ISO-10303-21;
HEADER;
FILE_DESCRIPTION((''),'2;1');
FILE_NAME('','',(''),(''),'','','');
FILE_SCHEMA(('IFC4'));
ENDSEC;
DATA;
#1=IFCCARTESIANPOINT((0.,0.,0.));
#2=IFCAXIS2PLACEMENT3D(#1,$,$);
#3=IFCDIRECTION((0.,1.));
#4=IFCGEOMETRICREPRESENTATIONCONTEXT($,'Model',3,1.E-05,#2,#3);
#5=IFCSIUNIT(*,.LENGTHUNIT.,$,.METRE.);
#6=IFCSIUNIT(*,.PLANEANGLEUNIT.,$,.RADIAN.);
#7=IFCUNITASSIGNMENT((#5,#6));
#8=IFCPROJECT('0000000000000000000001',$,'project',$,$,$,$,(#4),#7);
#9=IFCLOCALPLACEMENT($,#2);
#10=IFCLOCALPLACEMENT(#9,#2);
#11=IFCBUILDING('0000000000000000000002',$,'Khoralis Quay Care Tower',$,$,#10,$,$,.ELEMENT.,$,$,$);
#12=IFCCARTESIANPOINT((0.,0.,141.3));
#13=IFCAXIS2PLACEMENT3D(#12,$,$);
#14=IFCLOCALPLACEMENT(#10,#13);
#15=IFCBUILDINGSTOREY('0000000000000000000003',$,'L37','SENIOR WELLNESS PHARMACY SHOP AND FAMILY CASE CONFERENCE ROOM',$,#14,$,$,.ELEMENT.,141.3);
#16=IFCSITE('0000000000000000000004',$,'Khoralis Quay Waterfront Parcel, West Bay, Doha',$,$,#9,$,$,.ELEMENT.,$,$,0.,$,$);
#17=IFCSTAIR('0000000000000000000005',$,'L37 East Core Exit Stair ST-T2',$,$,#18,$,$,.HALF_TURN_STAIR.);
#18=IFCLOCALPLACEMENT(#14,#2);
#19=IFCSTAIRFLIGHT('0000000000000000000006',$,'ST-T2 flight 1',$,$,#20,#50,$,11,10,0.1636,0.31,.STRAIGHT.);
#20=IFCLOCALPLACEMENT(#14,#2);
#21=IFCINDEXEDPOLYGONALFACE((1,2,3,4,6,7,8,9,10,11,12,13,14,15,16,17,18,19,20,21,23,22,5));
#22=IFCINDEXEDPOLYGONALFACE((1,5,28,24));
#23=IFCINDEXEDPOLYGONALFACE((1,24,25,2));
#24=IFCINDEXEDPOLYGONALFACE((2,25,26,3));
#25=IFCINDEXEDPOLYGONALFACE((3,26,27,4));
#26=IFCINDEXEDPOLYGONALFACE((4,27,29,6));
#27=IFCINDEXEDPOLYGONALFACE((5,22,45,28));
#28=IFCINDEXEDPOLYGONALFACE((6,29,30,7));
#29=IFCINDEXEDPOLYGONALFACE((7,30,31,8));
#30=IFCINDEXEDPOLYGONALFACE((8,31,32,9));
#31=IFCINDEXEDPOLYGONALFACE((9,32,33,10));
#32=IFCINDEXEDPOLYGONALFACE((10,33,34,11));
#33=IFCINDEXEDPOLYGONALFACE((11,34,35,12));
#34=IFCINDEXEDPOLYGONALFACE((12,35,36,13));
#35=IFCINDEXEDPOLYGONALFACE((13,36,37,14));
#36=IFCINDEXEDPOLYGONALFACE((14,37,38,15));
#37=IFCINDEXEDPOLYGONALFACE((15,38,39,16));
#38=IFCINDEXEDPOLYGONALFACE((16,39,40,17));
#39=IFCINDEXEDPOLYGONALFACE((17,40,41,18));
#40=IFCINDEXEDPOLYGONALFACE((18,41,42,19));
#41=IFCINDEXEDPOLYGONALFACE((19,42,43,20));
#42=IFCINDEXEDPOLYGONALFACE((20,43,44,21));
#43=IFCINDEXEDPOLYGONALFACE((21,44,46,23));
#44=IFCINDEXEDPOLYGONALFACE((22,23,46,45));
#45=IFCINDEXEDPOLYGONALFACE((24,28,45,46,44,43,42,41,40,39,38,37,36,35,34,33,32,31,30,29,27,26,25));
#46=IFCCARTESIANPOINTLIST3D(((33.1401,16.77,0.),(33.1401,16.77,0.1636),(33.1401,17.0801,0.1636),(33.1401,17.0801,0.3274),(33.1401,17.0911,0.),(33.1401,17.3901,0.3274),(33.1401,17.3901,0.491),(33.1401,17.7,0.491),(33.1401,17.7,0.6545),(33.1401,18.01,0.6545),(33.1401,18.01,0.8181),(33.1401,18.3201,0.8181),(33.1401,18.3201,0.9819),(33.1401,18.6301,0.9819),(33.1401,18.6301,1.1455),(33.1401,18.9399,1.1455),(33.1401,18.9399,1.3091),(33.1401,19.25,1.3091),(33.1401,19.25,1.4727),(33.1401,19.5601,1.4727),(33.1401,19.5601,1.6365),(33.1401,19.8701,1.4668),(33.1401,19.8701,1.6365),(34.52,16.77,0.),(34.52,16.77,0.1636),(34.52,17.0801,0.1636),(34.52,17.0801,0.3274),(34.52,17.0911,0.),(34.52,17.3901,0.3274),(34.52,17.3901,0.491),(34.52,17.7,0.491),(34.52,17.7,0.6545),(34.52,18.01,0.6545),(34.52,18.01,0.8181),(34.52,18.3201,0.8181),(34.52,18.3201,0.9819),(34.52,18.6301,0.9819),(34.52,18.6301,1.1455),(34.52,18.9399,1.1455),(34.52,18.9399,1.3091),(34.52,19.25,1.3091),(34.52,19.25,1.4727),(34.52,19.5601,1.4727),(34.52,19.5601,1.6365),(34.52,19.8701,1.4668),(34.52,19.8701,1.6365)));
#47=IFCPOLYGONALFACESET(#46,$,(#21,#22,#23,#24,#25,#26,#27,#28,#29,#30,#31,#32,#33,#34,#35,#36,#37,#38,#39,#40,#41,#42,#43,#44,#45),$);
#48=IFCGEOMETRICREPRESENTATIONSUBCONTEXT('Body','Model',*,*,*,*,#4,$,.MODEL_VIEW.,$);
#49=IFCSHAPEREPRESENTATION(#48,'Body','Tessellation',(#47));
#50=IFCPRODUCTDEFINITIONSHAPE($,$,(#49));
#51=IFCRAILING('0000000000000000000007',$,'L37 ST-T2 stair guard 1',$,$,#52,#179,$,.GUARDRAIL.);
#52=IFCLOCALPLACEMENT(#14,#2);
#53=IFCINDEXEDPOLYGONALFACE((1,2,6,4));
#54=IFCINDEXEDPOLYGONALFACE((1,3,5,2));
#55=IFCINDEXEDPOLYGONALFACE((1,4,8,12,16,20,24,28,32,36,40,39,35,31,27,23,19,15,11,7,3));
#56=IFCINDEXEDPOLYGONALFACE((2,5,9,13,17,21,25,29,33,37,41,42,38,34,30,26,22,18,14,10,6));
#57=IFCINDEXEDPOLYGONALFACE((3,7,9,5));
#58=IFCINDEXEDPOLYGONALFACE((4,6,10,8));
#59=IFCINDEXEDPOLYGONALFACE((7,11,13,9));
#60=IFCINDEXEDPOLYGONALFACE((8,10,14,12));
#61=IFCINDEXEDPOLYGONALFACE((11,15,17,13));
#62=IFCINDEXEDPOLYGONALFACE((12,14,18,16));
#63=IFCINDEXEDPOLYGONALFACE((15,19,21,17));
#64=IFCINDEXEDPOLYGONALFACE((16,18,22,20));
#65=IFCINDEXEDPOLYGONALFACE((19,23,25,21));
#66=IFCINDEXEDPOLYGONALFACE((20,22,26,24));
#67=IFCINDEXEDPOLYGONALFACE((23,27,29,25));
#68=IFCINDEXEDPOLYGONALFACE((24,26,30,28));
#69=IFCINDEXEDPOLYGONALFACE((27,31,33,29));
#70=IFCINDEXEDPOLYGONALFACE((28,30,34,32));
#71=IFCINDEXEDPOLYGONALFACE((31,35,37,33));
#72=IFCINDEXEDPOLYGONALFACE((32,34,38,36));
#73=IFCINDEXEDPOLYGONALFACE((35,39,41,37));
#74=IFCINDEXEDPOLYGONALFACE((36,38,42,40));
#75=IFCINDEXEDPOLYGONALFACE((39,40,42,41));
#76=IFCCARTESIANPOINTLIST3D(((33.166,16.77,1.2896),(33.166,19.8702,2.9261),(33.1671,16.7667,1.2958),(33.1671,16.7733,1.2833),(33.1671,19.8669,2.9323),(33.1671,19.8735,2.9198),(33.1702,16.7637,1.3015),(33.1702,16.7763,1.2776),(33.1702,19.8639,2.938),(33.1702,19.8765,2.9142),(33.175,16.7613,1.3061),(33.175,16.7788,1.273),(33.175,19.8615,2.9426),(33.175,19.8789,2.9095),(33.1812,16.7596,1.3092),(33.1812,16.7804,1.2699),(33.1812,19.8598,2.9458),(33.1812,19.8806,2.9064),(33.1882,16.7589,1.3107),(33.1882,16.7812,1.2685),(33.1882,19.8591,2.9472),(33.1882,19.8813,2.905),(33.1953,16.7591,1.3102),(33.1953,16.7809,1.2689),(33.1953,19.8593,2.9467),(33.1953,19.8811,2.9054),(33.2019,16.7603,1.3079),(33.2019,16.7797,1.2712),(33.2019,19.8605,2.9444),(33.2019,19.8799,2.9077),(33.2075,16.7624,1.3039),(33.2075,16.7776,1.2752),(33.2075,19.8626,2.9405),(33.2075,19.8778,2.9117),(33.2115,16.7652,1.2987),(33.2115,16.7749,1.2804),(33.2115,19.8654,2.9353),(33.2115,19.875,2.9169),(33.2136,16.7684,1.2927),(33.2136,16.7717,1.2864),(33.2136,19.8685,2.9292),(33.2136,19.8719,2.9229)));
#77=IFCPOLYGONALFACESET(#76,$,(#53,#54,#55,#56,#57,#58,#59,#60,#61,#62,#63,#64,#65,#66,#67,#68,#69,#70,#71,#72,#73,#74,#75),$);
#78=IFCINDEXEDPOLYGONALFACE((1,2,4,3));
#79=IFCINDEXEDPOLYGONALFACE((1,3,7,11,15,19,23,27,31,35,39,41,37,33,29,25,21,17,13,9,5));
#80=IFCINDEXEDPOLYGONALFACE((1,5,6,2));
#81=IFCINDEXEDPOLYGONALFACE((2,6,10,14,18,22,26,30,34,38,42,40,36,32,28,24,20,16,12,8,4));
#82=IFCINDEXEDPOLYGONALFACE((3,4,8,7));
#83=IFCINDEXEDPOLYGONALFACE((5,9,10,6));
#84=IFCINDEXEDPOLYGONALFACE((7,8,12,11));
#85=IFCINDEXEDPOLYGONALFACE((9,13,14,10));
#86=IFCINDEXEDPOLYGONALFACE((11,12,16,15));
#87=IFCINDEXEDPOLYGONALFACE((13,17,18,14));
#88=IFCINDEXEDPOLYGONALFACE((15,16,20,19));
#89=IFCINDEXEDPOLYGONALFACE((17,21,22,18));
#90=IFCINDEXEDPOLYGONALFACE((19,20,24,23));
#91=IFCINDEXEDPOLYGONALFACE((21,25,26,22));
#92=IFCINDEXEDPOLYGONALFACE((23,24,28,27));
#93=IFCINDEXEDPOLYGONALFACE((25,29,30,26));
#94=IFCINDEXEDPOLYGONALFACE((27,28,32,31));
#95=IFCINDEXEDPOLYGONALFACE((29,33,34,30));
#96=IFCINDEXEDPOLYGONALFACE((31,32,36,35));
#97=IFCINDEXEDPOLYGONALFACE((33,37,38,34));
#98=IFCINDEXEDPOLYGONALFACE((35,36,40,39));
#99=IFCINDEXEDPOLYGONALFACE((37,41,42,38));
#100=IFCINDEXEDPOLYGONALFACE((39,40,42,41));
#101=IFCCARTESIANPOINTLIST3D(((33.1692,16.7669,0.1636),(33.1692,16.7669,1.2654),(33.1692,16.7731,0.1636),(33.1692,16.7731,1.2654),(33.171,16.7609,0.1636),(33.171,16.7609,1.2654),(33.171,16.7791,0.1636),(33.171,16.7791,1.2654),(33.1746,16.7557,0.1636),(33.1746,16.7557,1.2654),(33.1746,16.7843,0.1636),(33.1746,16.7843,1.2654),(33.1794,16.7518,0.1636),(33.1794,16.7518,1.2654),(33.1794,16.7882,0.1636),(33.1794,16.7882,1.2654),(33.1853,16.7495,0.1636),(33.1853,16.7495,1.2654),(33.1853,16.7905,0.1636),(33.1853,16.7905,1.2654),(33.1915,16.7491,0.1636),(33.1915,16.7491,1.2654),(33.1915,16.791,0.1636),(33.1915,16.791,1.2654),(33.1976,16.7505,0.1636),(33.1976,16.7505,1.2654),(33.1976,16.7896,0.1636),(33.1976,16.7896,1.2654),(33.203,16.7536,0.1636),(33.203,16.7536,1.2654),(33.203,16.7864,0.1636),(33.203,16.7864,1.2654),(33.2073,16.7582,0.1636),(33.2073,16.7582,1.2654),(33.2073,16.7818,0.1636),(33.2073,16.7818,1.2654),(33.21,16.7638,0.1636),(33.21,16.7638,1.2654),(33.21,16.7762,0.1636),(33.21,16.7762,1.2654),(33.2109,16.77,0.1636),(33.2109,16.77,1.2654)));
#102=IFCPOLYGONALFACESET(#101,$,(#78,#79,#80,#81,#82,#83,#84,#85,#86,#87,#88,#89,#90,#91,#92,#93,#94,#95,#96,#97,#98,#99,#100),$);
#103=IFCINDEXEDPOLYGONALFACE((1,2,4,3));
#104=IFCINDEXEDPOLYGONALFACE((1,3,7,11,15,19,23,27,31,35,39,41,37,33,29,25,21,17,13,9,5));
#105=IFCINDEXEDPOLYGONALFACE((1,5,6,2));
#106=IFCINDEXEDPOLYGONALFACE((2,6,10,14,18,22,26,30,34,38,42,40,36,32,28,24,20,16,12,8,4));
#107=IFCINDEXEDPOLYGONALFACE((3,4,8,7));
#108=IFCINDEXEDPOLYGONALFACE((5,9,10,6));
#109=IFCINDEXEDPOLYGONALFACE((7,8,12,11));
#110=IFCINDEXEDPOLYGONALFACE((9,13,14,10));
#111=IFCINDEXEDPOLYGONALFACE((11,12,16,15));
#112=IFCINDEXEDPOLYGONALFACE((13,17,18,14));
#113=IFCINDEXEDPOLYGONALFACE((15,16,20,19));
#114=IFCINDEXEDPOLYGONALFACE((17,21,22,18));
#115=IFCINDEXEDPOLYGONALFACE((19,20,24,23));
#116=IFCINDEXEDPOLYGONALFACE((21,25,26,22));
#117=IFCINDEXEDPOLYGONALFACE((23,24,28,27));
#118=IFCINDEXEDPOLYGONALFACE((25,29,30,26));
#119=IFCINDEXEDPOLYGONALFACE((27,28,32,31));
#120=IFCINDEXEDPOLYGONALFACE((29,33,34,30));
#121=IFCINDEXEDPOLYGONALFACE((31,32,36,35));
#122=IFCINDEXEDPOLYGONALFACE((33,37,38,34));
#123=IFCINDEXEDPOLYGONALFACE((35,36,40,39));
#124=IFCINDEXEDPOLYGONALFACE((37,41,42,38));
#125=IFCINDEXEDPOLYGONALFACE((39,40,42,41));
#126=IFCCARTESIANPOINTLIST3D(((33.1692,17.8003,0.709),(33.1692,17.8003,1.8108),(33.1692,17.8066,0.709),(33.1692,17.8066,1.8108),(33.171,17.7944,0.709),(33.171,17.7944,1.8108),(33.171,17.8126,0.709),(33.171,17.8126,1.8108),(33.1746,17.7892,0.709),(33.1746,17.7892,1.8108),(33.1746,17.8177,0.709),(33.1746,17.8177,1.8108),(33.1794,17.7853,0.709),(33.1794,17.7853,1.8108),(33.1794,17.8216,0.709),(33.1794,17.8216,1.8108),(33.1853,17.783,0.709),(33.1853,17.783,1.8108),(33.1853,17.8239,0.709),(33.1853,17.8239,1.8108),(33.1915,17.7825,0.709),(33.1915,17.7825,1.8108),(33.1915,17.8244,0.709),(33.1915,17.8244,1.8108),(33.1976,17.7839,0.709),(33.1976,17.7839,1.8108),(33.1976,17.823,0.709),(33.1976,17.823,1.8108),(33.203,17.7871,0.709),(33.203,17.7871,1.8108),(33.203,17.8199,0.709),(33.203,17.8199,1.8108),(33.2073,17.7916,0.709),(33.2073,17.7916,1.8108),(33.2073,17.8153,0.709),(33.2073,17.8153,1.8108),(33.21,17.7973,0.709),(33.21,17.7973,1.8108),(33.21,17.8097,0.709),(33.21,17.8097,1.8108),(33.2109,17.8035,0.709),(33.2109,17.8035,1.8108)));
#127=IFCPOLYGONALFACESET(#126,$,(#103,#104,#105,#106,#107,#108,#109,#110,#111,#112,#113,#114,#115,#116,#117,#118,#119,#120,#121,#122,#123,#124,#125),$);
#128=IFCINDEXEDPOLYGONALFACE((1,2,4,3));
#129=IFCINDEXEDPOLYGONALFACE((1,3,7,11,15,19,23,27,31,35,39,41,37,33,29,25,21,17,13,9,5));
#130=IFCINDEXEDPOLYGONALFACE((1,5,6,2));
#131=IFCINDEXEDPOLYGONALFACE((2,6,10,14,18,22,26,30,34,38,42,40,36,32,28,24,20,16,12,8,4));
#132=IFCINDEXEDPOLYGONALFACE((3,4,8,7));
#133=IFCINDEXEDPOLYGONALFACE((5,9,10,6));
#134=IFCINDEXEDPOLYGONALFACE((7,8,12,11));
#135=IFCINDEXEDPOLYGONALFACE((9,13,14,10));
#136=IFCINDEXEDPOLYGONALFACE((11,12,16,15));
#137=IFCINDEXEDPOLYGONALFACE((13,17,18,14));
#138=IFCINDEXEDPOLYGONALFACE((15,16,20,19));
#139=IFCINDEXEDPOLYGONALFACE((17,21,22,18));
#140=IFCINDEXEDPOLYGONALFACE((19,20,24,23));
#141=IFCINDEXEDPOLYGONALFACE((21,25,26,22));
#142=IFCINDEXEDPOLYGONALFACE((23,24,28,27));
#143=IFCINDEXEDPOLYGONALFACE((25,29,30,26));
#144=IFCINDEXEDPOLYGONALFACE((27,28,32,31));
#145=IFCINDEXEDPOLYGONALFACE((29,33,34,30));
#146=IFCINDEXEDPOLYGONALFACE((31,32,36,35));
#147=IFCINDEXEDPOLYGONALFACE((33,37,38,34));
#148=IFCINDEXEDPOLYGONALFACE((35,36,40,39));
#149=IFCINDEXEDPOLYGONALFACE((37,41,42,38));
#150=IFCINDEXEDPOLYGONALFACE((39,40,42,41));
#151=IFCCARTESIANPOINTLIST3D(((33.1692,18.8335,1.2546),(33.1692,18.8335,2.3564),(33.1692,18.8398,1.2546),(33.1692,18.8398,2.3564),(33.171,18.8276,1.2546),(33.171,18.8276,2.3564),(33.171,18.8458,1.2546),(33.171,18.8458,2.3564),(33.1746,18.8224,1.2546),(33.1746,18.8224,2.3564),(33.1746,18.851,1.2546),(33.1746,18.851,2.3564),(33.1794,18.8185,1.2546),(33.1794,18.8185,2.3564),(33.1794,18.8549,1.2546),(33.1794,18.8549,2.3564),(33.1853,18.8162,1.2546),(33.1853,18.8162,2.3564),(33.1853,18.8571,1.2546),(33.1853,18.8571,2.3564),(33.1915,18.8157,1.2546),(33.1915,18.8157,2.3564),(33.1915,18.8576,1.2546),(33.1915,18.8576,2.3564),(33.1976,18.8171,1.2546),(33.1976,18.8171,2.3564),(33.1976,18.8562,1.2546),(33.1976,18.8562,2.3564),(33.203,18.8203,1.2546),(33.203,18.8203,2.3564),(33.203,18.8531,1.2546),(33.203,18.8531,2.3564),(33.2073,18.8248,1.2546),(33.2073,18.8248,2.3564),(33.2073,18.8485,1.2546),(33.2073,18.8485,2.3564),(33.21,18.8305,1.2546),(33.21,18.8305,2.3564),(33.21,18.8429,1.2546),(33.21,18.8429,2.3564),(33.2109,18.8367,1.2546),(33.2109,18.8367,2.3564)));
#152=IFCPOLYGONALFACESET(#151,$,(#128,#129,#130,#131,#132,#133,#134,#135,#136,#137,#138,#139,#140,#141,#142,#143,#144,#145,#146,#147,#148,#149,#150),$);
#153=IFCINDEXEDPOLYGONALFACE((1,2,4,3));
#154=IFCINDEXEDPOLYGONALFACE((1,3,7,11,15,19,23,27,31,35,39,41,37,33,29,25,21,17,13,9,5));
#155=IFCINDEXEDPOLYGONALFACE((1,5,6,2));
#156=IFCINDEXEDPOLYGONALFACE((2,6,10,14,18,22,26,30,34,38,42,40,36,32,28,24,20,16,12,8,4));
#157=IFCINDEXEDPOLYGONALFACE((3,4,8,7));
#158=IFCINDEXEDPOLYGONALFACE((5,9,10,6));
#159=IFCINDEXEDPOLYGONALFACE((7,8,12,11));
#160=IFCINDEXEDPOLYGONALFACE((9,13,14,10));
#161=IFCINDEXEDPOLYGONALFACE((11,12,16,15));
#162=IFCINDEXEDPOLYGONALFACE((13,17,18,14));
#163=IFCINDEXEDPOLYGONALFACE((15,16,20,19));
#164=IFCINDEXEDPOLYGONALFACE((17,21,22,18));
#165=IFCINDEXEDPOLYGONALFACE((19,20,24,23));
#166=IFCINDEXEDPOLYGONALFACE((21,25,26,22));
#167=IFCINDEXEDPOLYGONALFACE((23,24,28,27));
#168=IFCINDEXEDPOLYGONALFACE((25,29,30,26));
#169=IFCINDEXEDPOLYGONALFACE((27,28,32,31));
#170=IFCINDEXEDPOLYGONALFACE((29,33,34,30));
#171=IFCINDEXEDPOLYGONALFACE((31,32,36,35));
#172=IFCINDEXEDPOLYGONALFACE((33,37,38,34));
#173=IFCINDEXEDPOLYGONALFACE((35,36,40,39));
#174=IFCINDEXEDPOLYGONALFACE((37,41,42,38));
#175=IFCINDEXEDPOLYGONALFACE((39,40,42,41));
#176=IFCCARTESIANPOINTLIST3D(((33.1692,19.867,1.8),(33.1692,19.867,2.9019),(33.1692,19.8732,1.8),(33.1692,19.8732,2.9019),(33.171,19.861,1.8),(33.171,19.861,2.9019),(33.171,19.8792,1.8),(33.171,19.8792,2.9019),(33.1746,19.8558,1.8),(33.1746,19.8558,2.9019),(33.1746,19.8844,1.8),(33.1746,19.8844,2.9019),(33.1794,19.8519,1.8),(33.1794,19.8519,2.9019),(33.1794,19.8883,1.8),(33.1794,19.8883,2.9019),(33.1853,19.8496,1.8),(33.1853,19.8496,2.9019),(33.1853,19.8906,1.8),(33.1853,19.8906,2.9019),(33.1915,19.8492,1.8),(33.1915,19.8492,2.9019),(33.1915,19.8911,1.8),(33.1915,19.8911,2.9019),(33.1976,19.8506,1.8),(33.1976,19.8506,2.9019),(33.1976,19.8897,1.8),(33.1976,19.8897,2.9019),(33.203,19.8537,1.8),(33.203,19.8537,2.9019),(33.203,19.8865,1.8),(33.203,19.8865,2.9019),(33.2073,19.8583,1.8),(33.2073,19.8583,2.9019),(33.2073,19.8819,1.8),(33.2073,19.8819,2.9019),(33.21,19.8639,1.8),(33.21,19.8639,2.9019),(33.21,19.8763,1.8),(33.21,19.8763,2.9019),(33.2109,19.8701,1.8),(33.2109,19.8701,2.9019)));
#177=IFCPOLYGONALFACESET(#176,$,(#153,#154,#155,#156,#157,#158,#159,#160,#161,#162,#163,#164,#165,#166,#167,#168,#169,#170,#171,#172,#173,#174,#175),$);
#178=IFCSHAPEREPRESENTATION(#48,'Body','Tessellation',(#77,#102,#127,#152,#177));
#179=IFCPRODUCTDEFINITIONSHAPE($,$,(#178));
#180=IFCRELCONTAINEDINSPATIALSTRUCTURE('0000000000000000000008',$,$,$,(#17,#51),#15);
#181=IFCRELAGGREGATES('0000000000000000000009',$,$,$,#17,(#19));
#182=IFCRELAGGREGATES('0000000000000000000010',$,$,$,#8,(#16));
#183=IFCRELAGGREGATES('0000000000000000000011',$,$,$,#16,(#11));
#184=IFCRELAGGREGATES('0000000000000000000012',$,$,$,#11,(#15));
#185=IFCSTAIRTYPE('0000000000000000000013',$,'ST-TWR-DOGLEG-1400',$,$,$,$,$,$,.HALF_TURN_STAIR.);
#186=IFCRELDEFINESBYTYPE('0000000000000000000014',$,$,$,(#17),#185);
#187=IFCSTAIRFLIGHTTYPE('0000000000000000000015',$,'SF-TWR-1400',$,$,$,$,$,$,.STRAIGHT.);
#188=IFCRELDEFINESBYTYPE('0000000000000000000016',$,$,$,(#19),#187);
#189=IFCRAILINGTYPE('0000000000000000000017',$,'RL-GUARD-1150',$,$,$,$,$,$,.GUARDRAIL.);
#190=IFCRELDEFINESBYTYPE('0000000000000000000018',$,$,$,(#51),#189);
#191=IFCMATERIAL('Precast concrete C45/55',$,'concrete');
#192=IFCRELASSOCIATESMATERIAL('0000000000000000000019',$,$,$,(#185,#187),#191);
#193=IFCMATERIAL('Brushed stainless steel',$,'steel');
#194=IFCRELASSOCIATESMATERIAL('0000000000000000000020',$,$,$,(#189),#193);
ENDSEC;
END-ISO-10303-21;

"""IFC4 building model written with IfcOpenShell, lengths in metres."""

from ifc_helpers import new_model, si_unit, direction, frame, origin, origin_2d, place, context, subcontext, project, spatial, polyline, circle, outline, extrude, source, transform, mapped, material, type_object, element, aggregate, save


model = new_model("IFC4")

# Units and contexts
model_context = context("Model", 3, precision=1e-05, world=origin(), true_north=direction((0.0, 1.0)))
body_context = subcontext(model_context, "Body", "Model", "MODEL_VIEW")
ifc_project = project(units=[si_unit("LENGTHUNIT", "METRE"), si_unit("PLANEANGLEUNIT", "RADIAN")], contexts=[model_context])

# Site, building, storey
site_placement = place(None, origin())
site = spatial("IfcSite", under=ifc_project, at=site_placement, Name="Khoralis Quay Waterfront Parcel, West Bay, Doha", CompositionType="ELEMENT", RefElevation=0.0)
building_placement = place(site_placement, origin())
building = spatial("IfcBuilding", under=site, at=building_placement, Name="Khoralis Quay Care Tower", CompositionType="ELEMENT")
storey_placement = place(building_placement, frame((0.0, 0.0, 141.3)))
storey = spatial("IfcBuildingStorey", under=building, at=storey_placement, Name="L37", Description="SENIOR WELLNESS PHARMACY SHOP AND FAMILY CASE CONFERENCE ROOM", CompositionType="ELEMENT", Elevation=141.3)

# Shared definitions
ifc_material_1 = material(Name="Brushed stainless steel", Category="steel")

# Stair, stair flight
ifc_material_2 = material(Name="Precast concrete C45/55", Category="concrete")
stair_type = type_object("IfcStairType", Name="ST-TWR-DOGLEG-1400", PredefinedType="HALF_TURN_STAIR", material=ifc_material_2)
stair_placement = place(storey_placement, origin())
stair = element("IfcStair", 1, at=stair_placement, inside=storey, type_object=stair_type, Name="L37 East Core Exit Stair ST-T2", PredefinedType="HALF_TURN_STAIR")
stair_flight_type = type_object("IfcStairFlightType", Name="SF-TWR-1400", PredefinedType="STRAIGHT", material=ifc_material_2)
shared_shape_1 = source(origin(), body_context, "Body", "SweptSolid", [
    extrude(outline(polyline([(0.0, 0.0), (0.0, 0.1636), (0.3101, 0.1636), (0.3101, 0.3274), (0.6201, 0.3274), (0.6201, 0.491), (0.9299, 0.491), (0.9299, 0.6545), (1.24, 0.6545), (1.24, 0.8181), (1.55, 0.8181), (1.55, 0.9819), (1.8601, 0.9819), (1.8601, 1.1455), (2.1699, 1.1455), (2.1699, 1.3091), (2.48, 1.3091), (2.48, 1.4727), (2.79, 1.4727), (2.79, 1.6365), (3.1001, 1.6365), (3.1001, 1.8), (3.1001, 1.4668), (0.321, 0.0), (0.0, 0.0)])), frame((0.0, 0.6899, 0.0), z_axis=(0.0, -1.0, 0.0), x_axis=(1.0, 0.0, 0.0)), (0.0, 0.0, 1.0), 1.3799),
])
stair_flight_placement = place(storey_placement, frame((33.8301, 16.77, 0.0), z_axis=(0.0, 0.0, 1.0), x_axis=(0.0, 1.0, 0.0)))
stair_flight = element("IfcStairFlight", 2, at=stair_flight_placement, type_object=stair_flight_type, Name="ST-T2 flight 1", NumberOfRisers=11, NumberOfTreads=10, PredefinedType="STRAIGHT", RiserHeight=0.1636, TreadLength=0.31, context=body_context, shape_type="MappedRepresentation", body=[
    mapped(shared_shape_1, transform((0.0, 0.0, 0.0), scale=1.0)),
])
aggregate(stair, [stair_flight])

# Railing
railing_type_1 = type_object("IfcRailingType", Name="RL-GUARD-1150", PredefinedType="GUARDRAIL", material=ifc_material_1)
railing_1_placement = place(storey_placement, frame((33.1899, 16.77, 0.1636)))
element("IfcRailing", 3, at=railing_1_placement, inside=storey, type_object=railing_type_1, Name="L37 ST-T2 stair guard 1", PredefinedType="GUARDRAIL", context=body_context, shape_type="SweptSolid", body=[
    extrude(circle(Radius=0.0239, at=origin_2d()), frame((0.0, 0.0, 1.126), z_axis=(0.0, 0.884348, 0.466828), x_axis=(-1.0, 0.0, 0.0)), (0.0, 0.0, 1.0), 3.5056),
    extrude(circle(Radius=0.021, at=origin_2d()), origin(), (0.0, 0.0, 1.0), 1.1018),
    extrude(circle(Radius=0.021, at=origin_2d()), frame((0.0, 1.0334, 0.5454)), (0.0, 0.0, 1.0), 1.1018),
    extrude(circle(Radius=0.021, at=origin_2d()), frame((0.0, 2.0667, 1.0911)), (0.0, 0.0, 1.0), 1.1018),
    extrude(circle(Radius=0.021, at=origin_2d()), frame((0.0, 3.1001, 1.6365)), (0.0, 0.0, 1.0), 1.1018),
])

save(model, "model.ifc")
